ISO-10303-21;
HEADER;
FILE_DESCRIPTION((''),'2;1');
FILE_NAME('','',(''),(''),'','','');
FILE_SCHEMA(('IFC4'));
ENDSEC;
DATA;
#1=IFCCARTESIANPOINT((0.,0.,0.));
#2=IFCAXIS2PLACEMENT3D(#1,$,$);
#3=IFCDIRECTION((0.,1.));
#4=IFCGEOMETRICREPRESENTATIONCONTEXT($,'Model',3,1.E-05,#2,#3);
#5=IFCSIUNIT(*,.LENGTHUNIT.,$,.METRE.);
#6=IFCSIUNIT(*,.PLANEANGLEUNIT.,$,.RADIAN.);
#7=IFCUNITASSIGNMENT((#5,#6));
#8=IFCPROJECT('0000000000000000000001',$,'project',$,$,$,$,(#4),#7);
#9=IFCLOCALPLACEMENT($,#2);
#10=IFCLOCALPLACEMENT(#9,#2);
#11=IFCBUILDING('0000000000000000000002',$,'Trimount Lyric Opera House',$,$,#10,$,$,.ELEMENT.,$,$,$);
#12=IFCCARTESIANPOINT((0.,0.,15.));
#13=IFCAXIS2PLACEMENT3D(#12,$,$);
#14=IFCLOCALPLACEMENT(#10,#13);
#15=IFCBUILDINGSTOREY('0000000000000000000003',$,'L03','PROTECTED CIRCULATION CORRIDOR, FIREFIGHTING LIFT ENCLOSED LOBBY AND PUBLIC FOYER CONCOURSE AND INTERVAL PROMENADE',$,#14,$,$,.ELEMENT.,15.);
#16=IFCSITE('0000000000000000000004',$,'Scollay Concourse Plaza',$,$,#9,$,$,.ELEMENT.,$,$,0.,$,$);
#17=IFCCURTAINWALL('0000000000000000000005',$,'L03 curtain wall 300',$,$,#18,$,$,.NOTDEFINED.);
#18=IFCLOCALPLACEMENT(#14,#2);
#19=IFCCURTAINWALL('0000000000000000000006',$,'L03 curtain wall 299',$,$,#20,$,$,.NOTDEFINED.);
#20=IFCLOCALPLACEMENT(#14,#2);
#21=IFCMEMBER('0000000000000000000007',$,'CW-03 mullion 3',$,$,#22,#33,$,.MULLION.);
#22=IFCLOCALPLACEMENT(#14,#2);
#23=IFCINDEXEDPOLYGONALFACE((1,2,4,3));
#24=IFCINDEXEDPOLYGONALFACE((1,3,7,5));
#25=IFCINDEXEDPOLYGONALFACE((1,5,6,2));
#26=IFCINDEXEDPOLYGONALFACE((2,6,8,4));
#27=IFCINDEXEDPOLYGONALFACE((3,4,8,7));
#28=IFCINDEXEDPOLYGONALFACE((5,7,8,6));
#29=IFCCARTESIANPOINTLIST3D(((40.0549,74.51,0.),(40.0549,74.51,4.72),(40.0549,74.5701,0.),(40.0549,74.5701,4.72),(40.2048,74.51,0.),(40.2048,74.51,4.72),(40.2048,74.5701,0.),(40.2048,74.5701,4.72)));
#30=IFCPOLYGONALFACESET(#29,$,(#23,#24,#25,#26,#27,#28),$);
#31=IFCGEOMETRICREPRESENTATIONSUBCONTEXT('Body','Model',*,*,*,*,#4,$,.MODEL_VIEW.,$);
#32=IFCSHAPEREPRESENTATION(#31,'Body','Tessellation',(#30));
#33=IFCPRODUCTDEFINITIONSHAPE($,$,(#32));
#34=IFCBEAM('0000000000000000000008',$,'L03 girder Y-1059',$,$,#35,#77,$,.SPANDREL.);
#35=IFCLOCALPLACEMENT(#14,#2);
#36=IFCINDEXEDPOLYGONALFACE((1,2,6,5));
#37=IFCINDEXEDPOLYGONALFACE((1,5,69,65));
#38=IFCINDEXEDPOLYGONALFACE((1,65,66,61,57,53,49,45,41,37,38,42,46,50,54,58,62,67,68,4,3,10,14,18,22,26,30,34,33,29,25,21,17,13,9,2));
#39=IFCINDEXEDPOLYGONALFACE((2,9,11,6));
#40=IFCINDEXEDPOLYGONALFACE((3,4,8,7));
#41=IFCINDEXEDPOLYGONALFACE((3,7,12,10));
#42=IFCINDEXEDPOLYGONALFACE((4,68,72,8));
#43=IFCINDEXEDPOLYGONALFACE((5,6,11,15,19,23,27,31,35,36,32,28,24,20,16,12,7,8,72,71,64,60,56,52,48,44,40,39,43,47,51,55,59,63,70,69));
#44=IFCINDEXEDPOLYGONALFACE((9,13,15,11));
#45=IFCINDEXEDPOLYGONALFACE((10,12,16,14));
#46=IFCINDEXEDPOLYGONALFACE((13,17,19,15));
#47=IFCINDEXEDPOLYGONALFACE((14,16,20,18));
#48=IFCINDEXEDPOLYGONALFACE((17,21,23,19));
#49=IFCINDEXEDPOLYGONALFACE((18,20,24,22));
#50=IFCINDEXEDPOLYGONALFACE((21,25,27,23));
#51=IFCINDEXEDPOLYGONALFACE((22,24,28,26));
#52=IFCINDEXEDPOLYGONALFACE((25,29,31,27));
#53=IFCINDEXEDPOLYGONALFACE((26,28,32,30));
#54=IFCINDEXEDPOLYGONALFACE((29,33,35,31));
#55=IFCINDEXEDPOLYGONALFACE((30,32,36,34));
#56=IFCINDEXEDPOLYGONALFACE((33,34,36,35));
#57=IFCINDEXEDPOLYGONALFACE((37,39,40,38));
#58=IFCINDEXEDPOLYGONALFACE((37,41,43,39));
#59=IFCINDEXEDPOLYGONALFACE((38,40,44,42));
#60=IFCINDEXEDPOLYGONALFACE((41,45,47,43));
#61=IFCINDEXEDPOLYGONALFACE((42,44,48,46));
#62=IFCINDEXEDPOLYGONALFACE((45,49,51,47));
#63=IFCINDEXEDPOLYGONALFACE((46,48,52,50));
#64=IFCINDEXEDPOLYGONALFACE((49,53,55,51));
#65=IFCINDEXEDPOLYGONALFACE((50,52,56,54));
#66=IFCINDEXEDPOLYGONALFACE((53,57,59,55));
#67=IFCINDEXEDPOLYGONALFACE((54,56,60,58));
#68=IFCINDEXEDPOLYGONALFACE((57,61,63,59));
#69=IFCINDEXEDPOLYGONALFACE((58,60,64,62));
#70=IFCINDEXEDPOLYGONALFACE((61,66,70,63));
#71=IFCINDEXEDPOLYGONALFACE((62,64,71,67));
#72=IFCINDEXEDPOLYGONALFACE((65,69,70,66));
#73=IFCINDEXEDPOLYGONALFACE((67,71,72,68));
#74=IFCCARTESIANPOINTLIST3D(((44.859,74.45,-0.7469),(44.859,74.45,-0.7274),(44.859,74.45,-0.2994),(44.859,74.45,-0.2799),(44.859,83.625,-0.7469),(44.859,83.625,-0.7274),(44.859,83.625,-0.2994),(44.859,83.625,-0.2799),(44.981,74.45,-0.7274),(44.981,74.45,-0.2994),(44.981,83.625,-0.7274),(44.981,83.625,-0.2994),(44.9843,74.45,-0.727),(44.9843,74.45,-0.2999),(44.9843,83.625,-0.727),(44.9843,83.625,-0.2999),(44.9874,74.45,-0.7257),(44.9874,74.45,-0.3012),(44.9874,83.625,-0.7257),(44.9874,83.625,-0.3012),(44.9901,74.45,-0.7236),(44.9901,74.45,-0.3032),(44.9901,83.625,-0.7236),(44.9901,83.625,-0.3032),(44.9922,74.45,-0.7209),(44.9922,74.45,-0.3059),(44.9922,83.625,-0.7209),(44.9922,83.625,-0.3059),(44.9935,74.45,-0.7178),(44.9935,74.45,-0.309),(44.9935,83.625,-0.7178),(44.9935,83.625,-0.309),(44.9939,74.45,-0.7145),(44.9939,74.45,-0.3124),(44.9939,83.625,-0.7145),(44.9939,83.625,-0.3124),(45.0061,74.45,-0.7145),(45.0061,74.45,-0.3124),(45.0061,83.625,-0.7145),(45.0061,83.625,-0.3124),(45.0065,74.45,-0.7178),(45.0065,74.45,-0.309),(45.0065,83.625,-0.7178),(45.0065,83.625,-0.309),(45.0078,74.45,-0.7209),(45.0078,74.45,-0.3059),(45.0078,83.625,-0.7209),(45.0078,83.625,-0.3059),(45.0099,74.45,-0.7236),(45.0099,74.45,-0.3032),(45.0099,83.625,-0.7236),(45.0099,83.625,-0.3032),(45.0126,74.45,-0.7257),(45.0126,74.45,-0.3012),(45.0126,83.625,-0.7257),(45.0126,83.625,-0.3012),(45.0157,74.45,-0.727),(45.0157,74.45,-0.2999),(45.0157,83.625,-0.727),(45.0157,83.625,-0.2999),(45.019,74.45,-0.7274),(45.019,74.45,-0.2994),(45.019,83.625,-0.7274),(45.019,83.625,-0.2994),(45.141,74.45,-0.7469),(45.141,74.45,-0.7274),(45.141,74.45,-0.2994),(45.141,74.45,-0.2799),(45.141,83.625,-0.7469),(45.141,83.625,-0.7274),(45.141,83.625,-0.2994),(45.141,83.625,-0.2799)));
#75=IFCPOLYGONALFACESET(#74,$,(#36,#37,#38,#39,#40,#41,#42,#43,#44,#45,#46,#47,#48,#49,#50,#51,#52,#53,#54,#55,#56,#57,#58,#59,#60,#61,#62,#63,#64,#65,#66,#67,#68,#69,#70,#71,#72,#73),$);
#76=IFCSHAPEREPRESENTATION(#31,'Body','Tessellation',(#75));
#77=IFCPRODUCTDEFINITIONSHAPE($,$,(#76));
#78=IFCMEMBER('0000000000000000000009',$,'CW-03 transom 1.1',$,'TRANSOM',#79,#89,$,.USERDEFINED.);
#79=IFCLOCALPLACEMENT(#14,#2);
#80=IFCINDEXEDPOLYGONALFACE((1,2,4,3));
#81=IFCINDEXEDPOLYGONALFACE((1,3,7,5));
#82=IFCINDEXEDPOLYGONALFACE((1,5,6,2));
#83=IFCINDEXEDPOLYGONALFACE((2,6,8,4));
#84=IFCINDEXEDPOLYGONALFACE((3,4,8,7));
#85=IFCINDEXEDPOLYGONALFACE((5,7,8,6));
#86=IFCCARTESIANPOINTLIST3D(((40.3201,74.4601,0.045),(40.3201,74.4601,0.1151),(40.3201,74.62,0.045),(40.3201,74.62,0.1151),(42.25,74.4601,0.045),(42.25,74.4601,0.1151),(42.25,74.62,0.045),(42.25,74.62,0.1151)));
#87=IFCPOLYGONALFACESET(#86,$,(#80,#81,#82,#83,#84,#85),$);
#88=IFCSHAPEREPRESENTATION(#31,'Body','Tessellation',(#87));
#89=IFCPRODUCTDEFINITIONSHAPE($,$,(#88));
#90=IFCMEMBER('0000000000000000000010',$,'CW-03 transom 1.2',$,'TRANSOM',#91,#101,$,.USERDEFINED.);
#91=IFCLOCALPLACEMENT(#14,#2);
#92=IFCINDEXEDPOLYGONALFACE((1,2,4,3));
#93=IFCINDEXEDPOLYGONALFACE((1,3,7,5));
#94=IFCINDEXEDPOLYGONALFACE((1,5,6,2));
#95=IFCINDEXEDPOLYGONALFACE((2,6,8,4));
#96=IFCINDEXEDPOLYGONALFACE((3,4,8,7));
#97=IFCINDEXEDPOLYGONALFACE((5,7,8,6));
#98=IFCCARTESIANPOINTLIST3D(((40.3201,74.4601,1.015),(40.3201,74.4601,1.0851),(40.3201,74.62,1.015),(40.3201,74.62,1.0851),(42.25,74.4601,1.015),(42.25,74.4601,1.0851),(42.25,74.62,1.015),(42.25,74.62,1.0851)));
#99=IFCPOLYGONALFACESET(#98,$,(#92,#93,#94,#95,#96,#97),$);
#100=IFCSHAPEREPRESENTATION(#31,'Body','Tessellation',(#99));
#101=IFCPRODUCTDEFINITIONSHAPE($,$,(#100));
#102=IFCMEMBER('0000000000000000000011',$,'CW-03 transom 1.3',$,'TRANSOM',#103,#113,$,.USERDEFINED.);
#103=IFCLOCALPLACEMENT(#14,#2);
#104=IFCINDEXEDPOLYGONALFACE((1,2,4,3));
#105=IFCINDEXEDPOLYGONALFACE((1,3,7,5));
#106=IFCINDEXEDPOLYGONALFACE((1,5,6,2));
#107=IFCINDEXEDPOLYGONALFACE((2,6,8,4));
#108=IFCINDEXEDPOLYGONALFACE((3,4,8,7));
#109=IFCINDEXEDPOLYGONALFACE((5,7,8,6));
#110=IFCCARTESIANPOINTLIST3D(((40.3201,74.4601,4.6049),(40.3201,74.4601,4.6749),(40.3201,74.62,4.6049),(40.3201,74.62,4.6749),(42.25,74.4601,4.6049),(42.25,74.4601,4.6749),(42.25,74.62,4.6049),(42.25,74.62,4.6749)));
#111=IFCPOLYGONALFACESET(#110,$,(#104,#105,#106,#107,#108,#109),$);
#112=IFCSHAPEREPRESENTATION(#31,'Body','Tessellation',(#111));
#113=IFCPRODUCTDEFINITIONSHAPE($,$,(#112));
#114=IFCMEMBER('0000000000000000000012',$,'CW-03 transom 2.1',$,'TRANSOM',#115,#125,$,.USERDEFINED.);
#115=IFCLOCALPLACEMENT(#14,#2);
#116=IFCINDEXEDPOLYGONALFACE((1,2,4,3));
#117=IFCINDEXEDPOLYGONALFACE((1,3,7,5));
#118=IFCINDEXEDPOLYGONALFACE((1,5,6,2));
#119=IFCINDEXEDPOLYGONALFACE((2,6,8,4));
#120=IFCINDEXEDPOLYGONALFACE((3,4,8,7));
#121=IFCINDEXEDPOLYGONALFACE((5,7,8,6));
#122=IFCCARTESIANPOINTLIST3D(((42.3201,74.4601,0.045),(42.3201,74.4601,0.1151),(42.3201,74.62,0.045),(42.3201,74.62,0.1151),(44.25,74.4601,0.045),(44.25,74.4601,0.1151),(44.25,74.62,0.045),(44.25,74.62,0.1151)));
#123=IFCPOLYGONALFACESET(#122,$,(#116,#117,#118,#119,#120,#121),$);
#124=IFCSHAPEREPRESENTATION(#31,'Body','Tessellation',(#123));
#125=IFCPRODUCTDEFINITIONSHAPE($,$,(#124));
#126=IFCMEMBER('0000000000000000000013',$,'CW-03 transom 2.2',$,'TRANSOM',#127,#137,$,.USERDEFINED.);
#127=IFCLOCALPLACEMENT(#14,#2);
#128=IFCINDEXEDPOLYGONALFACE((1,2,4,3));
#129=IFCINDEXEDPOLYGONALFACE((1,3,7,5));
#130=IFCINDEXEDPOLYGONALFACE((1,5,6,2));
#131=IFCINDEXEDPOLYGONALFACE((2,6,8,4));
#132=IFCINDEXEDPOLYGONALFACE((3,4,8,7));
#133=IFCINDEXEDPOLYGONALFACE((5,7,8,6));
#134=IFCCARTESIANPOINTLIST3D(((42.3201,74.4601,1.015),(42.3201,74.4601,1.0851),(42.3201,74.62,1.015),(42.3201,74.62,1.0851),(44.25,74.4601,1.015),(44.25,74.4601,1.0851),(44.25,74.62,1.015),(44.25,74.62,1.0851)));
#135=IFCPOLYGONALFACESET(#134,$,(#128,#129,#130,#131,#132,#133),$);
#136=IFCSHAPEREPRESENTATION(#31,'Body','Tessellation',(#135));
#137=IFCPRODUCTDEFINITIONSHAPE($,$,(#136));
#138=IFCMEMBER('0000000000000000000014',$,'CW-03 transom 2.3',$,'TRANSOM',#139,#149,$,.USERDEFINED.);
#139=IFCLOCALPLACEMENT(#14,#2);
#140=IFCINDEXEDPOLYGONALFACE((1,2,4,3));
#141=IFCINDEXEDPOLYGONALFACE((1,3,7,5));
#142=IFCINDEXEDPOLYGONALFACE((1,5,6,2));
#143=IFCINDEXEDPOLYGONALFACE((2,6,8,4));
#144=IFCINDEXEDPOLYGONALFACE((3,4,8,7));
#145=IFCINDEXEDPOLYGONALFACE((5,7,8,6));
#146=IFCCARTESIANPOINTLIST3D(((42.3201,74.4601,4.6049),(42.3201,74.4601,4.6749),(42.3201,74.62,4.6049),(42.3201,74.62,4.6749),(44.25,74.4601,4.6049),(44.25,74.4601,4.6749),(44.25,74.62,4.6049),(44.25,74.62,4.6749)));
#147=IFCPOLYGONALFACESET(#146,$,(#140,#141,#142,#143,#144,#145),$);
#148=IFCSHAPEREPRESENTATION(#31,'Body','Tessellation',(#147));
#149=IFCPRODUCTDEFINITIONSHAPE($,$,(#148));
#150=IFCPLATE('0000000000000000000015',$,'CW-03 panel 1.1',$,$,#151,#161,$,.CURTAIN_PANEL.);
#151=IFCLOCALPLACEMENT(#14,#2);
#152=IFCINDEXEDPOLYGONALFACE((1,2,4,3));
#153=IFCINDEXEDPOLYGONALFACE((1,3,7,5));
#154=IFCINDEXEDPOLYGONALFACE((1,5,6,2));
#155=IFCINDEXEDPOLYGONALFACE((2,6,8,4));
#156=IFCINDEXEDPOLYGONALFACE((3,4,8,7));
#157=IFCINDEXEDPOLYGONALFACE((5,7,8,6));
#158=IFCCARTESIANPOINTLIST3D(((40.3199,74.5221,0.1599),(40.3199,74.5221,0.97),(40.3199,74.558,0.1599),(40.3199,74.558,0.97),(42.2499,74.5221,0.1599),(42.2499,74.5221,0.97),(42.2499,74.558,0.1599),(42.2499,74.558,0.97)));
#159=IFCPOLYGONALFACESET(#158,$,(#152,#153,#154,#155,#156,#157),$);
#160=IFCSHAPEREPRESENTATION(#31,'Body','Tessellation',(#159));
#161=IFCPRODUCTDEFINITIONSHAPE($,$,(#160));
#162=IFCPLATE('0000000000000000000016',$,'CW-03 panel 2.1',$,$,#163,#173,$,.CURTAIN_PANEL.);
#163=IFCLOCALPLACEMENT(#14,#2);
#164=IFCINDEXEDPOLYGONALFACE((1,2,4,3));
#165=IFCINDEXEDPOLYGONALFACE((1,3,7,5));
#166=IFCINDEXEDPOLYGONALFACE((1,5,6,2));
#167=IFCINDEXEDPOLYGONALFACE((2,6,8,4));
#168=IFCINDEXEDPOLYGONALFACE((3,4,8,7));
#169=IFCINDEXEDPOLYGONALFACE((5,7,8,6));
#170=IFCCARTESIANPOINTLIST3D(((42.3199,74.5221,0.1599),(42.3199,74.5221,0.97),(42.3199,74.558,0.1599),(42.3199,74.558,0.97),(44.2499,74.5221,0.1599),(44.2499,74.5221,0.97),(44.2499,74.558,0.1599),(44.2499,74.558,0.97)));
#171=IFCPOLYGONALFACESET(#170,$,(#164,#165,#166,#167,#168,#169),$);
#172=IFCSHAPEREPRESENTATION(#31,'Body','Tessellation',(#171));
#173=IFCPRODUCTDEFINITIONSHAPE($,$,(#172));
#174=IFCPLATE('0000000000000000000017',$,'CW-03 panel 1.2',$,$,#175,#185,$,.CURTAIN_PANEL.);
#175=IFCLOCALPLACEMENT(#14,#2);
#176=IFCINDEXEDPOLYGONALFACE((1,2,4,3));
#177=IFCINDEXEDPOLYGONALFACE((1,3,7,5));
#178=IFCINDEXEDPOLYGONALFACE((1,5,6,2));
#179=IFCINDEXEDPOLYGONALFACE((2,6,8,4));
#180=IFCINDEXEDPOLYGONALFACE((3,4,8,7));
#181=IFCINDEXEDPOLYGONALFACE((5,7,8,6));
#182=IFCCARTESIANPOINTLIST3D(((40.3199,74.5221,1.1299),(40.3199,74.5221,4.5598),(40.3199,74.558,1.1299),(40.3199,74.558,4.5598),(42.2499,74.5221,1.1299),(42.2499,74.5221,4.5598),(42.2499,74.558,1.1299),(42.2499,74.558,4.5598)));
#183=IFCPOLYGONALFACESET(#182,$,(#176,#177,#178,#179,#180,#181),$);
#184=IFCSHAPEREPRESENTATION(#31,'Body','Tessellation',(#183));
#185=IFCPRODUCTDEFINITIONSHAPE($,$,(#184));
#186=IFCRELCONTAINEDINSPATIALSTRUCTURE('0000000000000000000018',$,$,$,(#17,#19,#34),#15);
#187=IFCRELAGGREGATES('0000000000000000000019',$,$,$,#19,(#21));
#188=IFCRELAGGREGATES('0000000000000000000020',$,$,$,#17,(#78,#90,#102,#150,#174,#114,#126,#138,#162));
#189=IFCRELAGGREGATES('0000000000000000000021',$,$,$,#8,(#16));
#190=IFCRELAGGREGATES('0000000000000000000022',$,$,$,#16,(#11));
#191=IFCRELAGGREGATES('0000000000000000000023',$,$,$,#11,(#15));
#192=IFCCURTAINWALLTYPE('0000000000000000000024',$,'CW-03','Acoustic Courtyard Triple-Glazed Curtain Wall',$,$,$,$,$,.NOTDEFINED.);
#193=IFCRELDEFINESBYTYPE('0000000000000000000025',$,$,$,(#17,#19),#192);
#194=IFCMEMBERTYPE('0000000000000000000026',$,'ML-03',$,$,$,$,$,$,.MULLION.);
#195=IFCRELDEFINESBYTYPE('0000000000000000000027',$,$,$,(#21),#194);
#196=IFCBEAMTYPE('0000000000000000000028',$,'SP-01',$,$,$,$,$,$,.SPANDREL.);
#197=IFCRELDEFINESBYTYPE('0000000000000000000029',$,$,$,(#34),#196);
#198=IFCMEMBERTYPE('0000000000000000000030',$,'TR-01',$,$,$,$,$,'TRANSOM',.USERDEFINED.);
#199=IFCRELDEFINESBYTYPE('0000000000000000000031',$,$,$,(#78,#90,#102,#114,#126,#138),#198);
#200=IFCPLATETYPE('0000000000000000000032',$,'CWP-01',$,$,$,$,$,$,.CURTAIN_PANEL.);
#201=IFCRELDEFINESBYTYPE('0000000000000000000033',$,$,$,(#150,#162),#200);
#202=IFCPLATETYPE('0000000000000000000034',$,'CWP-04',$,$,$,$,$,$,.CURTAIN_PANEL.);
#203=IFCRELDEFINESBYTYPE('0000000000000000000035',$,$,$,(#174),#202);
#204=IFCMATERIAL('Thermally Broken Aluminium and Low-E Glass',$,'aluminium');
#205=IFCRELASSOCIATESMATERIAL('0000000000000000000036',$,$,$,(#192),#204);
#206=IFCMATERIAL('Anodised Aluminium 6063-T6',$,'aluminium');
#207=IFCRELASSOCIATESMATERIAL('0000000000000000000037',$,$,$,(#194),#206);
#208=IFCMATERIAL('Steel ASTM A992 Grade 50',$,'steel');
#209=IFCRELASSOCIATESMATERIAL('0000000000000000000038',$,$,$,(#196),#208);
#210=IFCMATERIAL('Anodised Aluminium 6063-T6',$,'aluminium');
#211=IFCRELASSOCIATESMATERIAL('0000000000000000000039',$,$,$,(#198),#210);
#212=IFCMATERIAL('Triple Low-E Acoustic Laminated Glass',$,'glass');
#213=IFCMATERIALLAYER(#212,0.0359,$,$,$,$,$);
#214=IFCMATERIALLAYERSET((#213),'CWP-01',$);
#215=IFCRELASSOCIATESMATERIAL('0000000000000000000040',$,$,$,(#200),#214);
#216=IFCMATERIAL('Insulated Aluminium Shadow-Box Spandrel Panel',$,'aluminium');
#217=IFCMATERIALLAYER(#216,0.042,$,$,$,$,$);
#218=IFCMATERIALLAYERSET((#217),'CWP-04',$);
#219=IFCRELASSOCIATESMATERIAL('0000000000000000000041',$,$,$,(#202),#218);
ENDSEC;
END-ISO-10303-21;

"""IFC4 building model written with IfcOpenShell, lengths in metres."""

from ifc_helpers import new_model, si_unit, direction, frame, origin, origin_2d, place, context, subcontext, project, spatial, rectangle, i_section, extrude, material, layer, layer_set, material_profile, profile_set, type_object, element, aggregate, save


model = new_model("IFC4")

# Units and contexts
model_context = context("Model", 3, precision=1e-05, world=origin(), true_north=direction((0.0, 1.0)))
body_context = subcontext(model_context, "Body", "Model", "MODEL_VIEW")
ifc_project = project(units=[si_unit("LENGTHUNIT", "METRE"), si_unit("PLANEANGLEUNIT", "RADIAN")], contexts=[model_context])

# Site, building, storey
site_placement = place(None, origin())
site = spatial("IfcSite", under=ifc_project, at=site_placement, Name="Scollay Concourse Plaza", CompositionType="ELEMENT", RefElevation=0.0)
building_placement = place(site_placement, origin())
building = spatial("IfcBuilding", under=site, at=building_placement, Name="Trimount Lyric Opera House", CompositionType="ELEMENT")
storey_placement = place(building_placement, frame((0.0, 0.0, 15.0)))
storey = spatial("IfcBuildingStorey", under=building, at=storey_placement, Name="L03", Description="PROTECTED CIRCULATION CORRIDOR, FIREFIGHTING LIFT ENCLOSED LOBBY AND PUBLIC FOYER CONCOURSE AND INTERVAL PROMENADE", CompositionType="ELEMENT", Elevation=15.0)

# Curtain wall
ifc_material_1 = material(Name="Thermally Broken Aluminium and Low-E Glass", Category="aluminium")
curtain_wall_type = type_object("IfcCurtainWallType", Name="CW-03", Description="Acoustic Courtyard Triple-Glazed Curtain Wall", PredefinedType="NOTDEFINED", material=ifc_material_1)
curtain_wall_1_placement = place(storey_placement, origin())
curtain_wall_1 = element("IfcCurtainWall", 1, at=curtain_wall_1_placement, inside=storey, type_object=curtain_wall_type, Name="L03 curtain wall 300", PredefinedType="NOTDEFINED")

# Curtain wall, member
curtain_wall_2_placement = place(storey_placement, origin())
curtain_wall_2 = element("IfcCurtainWall", 2, at=curtain_wall_2_placement, inside=storey, type_object=curtain_wall_type, Name="L03 curtain wall 299", PredefinedType="NOTDEFINED")
ifc_material_2 = material(Name="Anodised Aluminium 6063-T6", Category="aluminium")
ifc_material_profile_1 = material_profile(ifc_material_2, rectangle(XDim=0.0601, YDim=0.1499, at=origin_2d()), Name="ALU-MULL-60X150")
ifc_profile_set_1 = profile_set([ifc_material_profile_1], Name="Anodised Aluminium 6063-T6")
member_type_1 = type_object("IfcMemberType", Name="ML-03", PredefinedType="MULLION", material=ifc_profile_set_1)
member_1_placement = place(storey_placement, frame((40.1299, 74.54, 0.0), z_axis=(0.0, 0.0, 1.0), x_axis=(0.0, 1.0, 0.0)))
member_1 = element("IfcMember", 3, at=member_1_placement, type_object=member_type_1, Name="CW-03 mullion 3", PredefinedType="MULLION", context=body_context, shape_type="SweptSolid", body=[
    extrude(rectangle(XDim=0.0601, YDim=0.1499, at=origin_2d()), origin(), (0.0, 0.0, 1.0), 4.72),
])
aggregate(curtain_wall_2, [member_1])

# Beam
ifc_material_3 = material(Name="Steel ASTM A992 Grade 50", Category="steel")
ifc_material_profile_2 = material_profile(ifc_material_3, i_section(OverallWidth=0.282, OverallDepth=0.467, WebThickness=0.0122, FlangeThickness=0.0195, FilletRadius=0.0129, at=origin_2d()), Name="W18X86")
ifc_profile_set_2 = profile_set([ifc_material_profile_2], Name="Steel ASTM A992 Grade 50")
beam_type_1 = type_object("IfcBeamType", Name="SP-01", PredefinedType="SPANDREL", material=ifc_profile_set_2)
beam_1_placement = place(storey_placement, frame((45.0, 74.45, -0.5134), z_axis=(0.0, 1.0, 0.0), x_axis=(-1.0, 0.0, 0.0)))
element("IfcBeam", 4, at=beam_1_placement, inside=storey, type_object=beam_type_1, Name="L03 girder Y-1059", PredefinedType="SPANDREL", context=body_context, shape_type="SweptSolid", body=[
    extrude(i_section(OverallWidth=0.282, OverallDepth=0.467, WebThickness=0.0122, FlangeThickness=0.0195, FilletRadius=0.0129, at=origin_2d()), origin(), (0.0, 0.0, 1.0), 9.175),
])

# Members
ifc_material_4 = material(Name="Anodised Aluminium 6063-T6", Category="aluminium")
ifc_material_profile_3 = material_profile(ifc_material_4, rectangle(XDim=0.1599, YDim=0.0701, at=origin_2d()), Name="ALU-TRAN-70X160")
ifc_profile_set_3 = profile_set([ifc_material_profile_3], Name="Anodised Aluminium 6063-T6")
member_type_2 = type_object("IfcMemberType", Name="TR-01", ElementType="TRANSOM", PredefinedType="USERDEFINED", material=ifc_profile_set_3)
member_2_placement = place(storey_placement, frame((40.3201, 74.54, 0.0801), z_axis=(1.0, 0.0, 0.0), x_axis=(0.0, 1.0, 0.0)))
member_2 = element("IfcMember", 5, at=member_2_placement, type_object=member_type_2, Name="CW-03 transom 1.1", ObjectType="TRANSOM", PredefinedType="USERDEFINED", context=body_context, shape_type="SweptSolid", body=[
    extrude(rectangle(XDim=0.1599, YDim=0.0701, at=origin_2d()), origin(), (0.0, 0.0, 1.0), 1.9299),
])
member_3_placement = place(storey_placement, frame((40.3201, 74.54, 1.05), z_axis=(1.0, 0.0, 0.0), x_axis=(0.0, 1.0, 0.0)))
member_3 = element("IfcMember", 6, at=member_3_placement, type_object=member_type_2, Name="CW-03 transom 1.2", ObjectType="TRANSOM", PredefinedType="USERDEFINED", context=body_context, shape_type="SweptSolid", body=[
    extrude(rectangle(XDim=0.1599, YDim=0.0701, at=origin_2d()), origin(), (0.0, 0.0, 1.0), 1.9299),
])
member_4_placement = place(storey_placement, frame((40.3201, 74.54, 4.6399), z_axis=(1.0, 0.0, 0.0), x_axis=(0.0, 1.0, 0.0)))
member_4 = element("IfcMember", 7, at=member_4_placement, type_object=member_type_2, Name="CW-03 transom 1.3", ObjectType="TRANSOM", PredefinedType="USERDEFINED", context=body_context, shape_type="SweptSolid", body=[
    extrude(rectangle(XDim=0.1599, YDim=0.0701, at=origin_2d()), origin(), (0.0, 0.0, 1.0), 1.9299),
])
member_5_placement = place(storey_placement, frame((42.3201, 74.54, 0.0801), z_axis=(1.0, 0.0, 0.0), x_axis=(0.0, 1.0, 0.0)))
member_5 = element("IfcMember", 8, at=member_5_placement, type_object=member_type_2, Name="CW-03 transom 2.1", ObjectType="TRANSOM", PredefinedType="USERDEFINED", context=body_context, shape_type="SweptSolid", body=[
    extrude(rectangle(XDim=0.1599, YDim=0.0701, at=origin_2d()), origin(), (0.0, 0.0, 1.0), 1.9299),
])
member_6_placement = place(storey_placement, frame((42.3201, 74.54, 1.05), z_axis=(1.0, 0.0, 0.0), x_axis=(0.0, 1.0, 0.0)))
member_6 = element("IfcMember", 9, at=member_6_placement, type_object=member_type_2, Name="CW-03 transom 2.2", ObjectType="TRANSOM", PredefinedType="USERDEFINED", context=body_context, shape_type="SweptSolid", body=[
    extrude(rectangle(XDim=0.1599, YDim=0.0701, at=origin_2d()), origin(), (0.0, 0.0, 1.0), 1.9299),
])
member_7_placement = place(storey_placement, frame((42.3201, 74.54, 4.6399), z_axis=(1.0, 0.0, 0.0), x_axis=(0.0, 1.0, 0.0)))
member_7 = element("IfcMember", 10, at=member_7_placement, type_object=member_type_2, Name="CW-03 transom 2.3", ObjectType="TRANSOM", PredefinedType="USERDEFINED", context=body_context, shape_type="SweptSolid", body=[
    extrude(rectangle(XDim=0.1599, YDim=0.0701, at=origin_2d()), origin(), (0.0, 0.0, 1.0), 1.9299),
])

# Plates
ifc_material_5 = material(Name="Triple Low-E Acoustic Laminated Glass", Category="glass")
ifc_layer_1 = layer(ifc_material_5, 0.0359)
ifc_layer_set_1 = layer_set([ifc_layer_1], Name="CWP-01")
plate_type_1 = type_object("IfcPlateType", Name="CWP-01", PredefinedType="CURTAIN_PANEL", material=ifc_layer_set_1)
plate_1_placement = place(storey_placement, frame((41.2849, 74.54, 0.1599), z_axis=(0.0, 0.0, 1.0), x_axis=(1.0, 0.0, 0.0)))
plate_1 = element("IfcPlate", 11, at=plate_1_placement, type_object=plate_type_1, Name="CW-03 panel 1.1", PredefinedType="CURTAIN_PANEL", context=body_context, shape_type="SweptSolid", body=[
    extrude(rectangle(XDim=1.9299, YDim=0.0359, at=origin_2d()), origin(), (0.0, 0.0, 1.0), 0.8101),
])
plate_2_placement = place(storey_placement, frame((43.2849, 74.54, 0.1599), z_axis=(0.0, 0.0, 1.0), x_axis=(1.0, 0.0, 0.0)))
plate_2 = element("IfcPlate", 12, at=plate_2_placement, type_object=plate_type_1, Name="CW-03 panel 2.1", PredefinedType="CURTAIN_PANEL", context=body_context, shape_type="SweptSolid", body=[
    extrude(rectangle(XDim=1.9299, YDim=0.0359, at=origin_2d()), origin(), (0.0, 0.0, 1.0), 0.8101),
])
ifc_material_6 = material(Name="Insulated Aluminium Shadow-Box Spandrel Panel", Category="aluminium")
ifc_layer_2 = layer(ifc_material_6, 0.042)
ifc_layer_set_2 = layer_set([ifc_layer_2], Name="CWP-04")
plate_type_2 = type_object("IfcPlateType", Name="CWP-04", PredefinedType="CURTAIN_PANEL", material=ifc_layer_set_2)
plate_3_placement = place(storey_placement, frame((41.2849, 74.54, 1.1299), z_axis=(0.0, 0.0, 1.0), x_axis=(1.0, 0.0, 0.0)))
plate_3 = element("IfcPlate", 13, at=plate_3_placement, type_object=plate_type_2, Name="CW-03 panel 1.2", PredefinedType="CURTAIN_PANEL", context=body_context, shape_type="SweptSolid", body=[
    extrude(rectangle(XDim=1.9299, YDim=0.0359, at=origin_2d()), origin(), (0.0, 0.0, 1.0), 3.4299),
])
aggregate(curtain_wall_1, [member_2, member_3, member_4, plate_1, plate_3, member_5, member_6, member_7, plate_2])

save(model, "model.ifc")
